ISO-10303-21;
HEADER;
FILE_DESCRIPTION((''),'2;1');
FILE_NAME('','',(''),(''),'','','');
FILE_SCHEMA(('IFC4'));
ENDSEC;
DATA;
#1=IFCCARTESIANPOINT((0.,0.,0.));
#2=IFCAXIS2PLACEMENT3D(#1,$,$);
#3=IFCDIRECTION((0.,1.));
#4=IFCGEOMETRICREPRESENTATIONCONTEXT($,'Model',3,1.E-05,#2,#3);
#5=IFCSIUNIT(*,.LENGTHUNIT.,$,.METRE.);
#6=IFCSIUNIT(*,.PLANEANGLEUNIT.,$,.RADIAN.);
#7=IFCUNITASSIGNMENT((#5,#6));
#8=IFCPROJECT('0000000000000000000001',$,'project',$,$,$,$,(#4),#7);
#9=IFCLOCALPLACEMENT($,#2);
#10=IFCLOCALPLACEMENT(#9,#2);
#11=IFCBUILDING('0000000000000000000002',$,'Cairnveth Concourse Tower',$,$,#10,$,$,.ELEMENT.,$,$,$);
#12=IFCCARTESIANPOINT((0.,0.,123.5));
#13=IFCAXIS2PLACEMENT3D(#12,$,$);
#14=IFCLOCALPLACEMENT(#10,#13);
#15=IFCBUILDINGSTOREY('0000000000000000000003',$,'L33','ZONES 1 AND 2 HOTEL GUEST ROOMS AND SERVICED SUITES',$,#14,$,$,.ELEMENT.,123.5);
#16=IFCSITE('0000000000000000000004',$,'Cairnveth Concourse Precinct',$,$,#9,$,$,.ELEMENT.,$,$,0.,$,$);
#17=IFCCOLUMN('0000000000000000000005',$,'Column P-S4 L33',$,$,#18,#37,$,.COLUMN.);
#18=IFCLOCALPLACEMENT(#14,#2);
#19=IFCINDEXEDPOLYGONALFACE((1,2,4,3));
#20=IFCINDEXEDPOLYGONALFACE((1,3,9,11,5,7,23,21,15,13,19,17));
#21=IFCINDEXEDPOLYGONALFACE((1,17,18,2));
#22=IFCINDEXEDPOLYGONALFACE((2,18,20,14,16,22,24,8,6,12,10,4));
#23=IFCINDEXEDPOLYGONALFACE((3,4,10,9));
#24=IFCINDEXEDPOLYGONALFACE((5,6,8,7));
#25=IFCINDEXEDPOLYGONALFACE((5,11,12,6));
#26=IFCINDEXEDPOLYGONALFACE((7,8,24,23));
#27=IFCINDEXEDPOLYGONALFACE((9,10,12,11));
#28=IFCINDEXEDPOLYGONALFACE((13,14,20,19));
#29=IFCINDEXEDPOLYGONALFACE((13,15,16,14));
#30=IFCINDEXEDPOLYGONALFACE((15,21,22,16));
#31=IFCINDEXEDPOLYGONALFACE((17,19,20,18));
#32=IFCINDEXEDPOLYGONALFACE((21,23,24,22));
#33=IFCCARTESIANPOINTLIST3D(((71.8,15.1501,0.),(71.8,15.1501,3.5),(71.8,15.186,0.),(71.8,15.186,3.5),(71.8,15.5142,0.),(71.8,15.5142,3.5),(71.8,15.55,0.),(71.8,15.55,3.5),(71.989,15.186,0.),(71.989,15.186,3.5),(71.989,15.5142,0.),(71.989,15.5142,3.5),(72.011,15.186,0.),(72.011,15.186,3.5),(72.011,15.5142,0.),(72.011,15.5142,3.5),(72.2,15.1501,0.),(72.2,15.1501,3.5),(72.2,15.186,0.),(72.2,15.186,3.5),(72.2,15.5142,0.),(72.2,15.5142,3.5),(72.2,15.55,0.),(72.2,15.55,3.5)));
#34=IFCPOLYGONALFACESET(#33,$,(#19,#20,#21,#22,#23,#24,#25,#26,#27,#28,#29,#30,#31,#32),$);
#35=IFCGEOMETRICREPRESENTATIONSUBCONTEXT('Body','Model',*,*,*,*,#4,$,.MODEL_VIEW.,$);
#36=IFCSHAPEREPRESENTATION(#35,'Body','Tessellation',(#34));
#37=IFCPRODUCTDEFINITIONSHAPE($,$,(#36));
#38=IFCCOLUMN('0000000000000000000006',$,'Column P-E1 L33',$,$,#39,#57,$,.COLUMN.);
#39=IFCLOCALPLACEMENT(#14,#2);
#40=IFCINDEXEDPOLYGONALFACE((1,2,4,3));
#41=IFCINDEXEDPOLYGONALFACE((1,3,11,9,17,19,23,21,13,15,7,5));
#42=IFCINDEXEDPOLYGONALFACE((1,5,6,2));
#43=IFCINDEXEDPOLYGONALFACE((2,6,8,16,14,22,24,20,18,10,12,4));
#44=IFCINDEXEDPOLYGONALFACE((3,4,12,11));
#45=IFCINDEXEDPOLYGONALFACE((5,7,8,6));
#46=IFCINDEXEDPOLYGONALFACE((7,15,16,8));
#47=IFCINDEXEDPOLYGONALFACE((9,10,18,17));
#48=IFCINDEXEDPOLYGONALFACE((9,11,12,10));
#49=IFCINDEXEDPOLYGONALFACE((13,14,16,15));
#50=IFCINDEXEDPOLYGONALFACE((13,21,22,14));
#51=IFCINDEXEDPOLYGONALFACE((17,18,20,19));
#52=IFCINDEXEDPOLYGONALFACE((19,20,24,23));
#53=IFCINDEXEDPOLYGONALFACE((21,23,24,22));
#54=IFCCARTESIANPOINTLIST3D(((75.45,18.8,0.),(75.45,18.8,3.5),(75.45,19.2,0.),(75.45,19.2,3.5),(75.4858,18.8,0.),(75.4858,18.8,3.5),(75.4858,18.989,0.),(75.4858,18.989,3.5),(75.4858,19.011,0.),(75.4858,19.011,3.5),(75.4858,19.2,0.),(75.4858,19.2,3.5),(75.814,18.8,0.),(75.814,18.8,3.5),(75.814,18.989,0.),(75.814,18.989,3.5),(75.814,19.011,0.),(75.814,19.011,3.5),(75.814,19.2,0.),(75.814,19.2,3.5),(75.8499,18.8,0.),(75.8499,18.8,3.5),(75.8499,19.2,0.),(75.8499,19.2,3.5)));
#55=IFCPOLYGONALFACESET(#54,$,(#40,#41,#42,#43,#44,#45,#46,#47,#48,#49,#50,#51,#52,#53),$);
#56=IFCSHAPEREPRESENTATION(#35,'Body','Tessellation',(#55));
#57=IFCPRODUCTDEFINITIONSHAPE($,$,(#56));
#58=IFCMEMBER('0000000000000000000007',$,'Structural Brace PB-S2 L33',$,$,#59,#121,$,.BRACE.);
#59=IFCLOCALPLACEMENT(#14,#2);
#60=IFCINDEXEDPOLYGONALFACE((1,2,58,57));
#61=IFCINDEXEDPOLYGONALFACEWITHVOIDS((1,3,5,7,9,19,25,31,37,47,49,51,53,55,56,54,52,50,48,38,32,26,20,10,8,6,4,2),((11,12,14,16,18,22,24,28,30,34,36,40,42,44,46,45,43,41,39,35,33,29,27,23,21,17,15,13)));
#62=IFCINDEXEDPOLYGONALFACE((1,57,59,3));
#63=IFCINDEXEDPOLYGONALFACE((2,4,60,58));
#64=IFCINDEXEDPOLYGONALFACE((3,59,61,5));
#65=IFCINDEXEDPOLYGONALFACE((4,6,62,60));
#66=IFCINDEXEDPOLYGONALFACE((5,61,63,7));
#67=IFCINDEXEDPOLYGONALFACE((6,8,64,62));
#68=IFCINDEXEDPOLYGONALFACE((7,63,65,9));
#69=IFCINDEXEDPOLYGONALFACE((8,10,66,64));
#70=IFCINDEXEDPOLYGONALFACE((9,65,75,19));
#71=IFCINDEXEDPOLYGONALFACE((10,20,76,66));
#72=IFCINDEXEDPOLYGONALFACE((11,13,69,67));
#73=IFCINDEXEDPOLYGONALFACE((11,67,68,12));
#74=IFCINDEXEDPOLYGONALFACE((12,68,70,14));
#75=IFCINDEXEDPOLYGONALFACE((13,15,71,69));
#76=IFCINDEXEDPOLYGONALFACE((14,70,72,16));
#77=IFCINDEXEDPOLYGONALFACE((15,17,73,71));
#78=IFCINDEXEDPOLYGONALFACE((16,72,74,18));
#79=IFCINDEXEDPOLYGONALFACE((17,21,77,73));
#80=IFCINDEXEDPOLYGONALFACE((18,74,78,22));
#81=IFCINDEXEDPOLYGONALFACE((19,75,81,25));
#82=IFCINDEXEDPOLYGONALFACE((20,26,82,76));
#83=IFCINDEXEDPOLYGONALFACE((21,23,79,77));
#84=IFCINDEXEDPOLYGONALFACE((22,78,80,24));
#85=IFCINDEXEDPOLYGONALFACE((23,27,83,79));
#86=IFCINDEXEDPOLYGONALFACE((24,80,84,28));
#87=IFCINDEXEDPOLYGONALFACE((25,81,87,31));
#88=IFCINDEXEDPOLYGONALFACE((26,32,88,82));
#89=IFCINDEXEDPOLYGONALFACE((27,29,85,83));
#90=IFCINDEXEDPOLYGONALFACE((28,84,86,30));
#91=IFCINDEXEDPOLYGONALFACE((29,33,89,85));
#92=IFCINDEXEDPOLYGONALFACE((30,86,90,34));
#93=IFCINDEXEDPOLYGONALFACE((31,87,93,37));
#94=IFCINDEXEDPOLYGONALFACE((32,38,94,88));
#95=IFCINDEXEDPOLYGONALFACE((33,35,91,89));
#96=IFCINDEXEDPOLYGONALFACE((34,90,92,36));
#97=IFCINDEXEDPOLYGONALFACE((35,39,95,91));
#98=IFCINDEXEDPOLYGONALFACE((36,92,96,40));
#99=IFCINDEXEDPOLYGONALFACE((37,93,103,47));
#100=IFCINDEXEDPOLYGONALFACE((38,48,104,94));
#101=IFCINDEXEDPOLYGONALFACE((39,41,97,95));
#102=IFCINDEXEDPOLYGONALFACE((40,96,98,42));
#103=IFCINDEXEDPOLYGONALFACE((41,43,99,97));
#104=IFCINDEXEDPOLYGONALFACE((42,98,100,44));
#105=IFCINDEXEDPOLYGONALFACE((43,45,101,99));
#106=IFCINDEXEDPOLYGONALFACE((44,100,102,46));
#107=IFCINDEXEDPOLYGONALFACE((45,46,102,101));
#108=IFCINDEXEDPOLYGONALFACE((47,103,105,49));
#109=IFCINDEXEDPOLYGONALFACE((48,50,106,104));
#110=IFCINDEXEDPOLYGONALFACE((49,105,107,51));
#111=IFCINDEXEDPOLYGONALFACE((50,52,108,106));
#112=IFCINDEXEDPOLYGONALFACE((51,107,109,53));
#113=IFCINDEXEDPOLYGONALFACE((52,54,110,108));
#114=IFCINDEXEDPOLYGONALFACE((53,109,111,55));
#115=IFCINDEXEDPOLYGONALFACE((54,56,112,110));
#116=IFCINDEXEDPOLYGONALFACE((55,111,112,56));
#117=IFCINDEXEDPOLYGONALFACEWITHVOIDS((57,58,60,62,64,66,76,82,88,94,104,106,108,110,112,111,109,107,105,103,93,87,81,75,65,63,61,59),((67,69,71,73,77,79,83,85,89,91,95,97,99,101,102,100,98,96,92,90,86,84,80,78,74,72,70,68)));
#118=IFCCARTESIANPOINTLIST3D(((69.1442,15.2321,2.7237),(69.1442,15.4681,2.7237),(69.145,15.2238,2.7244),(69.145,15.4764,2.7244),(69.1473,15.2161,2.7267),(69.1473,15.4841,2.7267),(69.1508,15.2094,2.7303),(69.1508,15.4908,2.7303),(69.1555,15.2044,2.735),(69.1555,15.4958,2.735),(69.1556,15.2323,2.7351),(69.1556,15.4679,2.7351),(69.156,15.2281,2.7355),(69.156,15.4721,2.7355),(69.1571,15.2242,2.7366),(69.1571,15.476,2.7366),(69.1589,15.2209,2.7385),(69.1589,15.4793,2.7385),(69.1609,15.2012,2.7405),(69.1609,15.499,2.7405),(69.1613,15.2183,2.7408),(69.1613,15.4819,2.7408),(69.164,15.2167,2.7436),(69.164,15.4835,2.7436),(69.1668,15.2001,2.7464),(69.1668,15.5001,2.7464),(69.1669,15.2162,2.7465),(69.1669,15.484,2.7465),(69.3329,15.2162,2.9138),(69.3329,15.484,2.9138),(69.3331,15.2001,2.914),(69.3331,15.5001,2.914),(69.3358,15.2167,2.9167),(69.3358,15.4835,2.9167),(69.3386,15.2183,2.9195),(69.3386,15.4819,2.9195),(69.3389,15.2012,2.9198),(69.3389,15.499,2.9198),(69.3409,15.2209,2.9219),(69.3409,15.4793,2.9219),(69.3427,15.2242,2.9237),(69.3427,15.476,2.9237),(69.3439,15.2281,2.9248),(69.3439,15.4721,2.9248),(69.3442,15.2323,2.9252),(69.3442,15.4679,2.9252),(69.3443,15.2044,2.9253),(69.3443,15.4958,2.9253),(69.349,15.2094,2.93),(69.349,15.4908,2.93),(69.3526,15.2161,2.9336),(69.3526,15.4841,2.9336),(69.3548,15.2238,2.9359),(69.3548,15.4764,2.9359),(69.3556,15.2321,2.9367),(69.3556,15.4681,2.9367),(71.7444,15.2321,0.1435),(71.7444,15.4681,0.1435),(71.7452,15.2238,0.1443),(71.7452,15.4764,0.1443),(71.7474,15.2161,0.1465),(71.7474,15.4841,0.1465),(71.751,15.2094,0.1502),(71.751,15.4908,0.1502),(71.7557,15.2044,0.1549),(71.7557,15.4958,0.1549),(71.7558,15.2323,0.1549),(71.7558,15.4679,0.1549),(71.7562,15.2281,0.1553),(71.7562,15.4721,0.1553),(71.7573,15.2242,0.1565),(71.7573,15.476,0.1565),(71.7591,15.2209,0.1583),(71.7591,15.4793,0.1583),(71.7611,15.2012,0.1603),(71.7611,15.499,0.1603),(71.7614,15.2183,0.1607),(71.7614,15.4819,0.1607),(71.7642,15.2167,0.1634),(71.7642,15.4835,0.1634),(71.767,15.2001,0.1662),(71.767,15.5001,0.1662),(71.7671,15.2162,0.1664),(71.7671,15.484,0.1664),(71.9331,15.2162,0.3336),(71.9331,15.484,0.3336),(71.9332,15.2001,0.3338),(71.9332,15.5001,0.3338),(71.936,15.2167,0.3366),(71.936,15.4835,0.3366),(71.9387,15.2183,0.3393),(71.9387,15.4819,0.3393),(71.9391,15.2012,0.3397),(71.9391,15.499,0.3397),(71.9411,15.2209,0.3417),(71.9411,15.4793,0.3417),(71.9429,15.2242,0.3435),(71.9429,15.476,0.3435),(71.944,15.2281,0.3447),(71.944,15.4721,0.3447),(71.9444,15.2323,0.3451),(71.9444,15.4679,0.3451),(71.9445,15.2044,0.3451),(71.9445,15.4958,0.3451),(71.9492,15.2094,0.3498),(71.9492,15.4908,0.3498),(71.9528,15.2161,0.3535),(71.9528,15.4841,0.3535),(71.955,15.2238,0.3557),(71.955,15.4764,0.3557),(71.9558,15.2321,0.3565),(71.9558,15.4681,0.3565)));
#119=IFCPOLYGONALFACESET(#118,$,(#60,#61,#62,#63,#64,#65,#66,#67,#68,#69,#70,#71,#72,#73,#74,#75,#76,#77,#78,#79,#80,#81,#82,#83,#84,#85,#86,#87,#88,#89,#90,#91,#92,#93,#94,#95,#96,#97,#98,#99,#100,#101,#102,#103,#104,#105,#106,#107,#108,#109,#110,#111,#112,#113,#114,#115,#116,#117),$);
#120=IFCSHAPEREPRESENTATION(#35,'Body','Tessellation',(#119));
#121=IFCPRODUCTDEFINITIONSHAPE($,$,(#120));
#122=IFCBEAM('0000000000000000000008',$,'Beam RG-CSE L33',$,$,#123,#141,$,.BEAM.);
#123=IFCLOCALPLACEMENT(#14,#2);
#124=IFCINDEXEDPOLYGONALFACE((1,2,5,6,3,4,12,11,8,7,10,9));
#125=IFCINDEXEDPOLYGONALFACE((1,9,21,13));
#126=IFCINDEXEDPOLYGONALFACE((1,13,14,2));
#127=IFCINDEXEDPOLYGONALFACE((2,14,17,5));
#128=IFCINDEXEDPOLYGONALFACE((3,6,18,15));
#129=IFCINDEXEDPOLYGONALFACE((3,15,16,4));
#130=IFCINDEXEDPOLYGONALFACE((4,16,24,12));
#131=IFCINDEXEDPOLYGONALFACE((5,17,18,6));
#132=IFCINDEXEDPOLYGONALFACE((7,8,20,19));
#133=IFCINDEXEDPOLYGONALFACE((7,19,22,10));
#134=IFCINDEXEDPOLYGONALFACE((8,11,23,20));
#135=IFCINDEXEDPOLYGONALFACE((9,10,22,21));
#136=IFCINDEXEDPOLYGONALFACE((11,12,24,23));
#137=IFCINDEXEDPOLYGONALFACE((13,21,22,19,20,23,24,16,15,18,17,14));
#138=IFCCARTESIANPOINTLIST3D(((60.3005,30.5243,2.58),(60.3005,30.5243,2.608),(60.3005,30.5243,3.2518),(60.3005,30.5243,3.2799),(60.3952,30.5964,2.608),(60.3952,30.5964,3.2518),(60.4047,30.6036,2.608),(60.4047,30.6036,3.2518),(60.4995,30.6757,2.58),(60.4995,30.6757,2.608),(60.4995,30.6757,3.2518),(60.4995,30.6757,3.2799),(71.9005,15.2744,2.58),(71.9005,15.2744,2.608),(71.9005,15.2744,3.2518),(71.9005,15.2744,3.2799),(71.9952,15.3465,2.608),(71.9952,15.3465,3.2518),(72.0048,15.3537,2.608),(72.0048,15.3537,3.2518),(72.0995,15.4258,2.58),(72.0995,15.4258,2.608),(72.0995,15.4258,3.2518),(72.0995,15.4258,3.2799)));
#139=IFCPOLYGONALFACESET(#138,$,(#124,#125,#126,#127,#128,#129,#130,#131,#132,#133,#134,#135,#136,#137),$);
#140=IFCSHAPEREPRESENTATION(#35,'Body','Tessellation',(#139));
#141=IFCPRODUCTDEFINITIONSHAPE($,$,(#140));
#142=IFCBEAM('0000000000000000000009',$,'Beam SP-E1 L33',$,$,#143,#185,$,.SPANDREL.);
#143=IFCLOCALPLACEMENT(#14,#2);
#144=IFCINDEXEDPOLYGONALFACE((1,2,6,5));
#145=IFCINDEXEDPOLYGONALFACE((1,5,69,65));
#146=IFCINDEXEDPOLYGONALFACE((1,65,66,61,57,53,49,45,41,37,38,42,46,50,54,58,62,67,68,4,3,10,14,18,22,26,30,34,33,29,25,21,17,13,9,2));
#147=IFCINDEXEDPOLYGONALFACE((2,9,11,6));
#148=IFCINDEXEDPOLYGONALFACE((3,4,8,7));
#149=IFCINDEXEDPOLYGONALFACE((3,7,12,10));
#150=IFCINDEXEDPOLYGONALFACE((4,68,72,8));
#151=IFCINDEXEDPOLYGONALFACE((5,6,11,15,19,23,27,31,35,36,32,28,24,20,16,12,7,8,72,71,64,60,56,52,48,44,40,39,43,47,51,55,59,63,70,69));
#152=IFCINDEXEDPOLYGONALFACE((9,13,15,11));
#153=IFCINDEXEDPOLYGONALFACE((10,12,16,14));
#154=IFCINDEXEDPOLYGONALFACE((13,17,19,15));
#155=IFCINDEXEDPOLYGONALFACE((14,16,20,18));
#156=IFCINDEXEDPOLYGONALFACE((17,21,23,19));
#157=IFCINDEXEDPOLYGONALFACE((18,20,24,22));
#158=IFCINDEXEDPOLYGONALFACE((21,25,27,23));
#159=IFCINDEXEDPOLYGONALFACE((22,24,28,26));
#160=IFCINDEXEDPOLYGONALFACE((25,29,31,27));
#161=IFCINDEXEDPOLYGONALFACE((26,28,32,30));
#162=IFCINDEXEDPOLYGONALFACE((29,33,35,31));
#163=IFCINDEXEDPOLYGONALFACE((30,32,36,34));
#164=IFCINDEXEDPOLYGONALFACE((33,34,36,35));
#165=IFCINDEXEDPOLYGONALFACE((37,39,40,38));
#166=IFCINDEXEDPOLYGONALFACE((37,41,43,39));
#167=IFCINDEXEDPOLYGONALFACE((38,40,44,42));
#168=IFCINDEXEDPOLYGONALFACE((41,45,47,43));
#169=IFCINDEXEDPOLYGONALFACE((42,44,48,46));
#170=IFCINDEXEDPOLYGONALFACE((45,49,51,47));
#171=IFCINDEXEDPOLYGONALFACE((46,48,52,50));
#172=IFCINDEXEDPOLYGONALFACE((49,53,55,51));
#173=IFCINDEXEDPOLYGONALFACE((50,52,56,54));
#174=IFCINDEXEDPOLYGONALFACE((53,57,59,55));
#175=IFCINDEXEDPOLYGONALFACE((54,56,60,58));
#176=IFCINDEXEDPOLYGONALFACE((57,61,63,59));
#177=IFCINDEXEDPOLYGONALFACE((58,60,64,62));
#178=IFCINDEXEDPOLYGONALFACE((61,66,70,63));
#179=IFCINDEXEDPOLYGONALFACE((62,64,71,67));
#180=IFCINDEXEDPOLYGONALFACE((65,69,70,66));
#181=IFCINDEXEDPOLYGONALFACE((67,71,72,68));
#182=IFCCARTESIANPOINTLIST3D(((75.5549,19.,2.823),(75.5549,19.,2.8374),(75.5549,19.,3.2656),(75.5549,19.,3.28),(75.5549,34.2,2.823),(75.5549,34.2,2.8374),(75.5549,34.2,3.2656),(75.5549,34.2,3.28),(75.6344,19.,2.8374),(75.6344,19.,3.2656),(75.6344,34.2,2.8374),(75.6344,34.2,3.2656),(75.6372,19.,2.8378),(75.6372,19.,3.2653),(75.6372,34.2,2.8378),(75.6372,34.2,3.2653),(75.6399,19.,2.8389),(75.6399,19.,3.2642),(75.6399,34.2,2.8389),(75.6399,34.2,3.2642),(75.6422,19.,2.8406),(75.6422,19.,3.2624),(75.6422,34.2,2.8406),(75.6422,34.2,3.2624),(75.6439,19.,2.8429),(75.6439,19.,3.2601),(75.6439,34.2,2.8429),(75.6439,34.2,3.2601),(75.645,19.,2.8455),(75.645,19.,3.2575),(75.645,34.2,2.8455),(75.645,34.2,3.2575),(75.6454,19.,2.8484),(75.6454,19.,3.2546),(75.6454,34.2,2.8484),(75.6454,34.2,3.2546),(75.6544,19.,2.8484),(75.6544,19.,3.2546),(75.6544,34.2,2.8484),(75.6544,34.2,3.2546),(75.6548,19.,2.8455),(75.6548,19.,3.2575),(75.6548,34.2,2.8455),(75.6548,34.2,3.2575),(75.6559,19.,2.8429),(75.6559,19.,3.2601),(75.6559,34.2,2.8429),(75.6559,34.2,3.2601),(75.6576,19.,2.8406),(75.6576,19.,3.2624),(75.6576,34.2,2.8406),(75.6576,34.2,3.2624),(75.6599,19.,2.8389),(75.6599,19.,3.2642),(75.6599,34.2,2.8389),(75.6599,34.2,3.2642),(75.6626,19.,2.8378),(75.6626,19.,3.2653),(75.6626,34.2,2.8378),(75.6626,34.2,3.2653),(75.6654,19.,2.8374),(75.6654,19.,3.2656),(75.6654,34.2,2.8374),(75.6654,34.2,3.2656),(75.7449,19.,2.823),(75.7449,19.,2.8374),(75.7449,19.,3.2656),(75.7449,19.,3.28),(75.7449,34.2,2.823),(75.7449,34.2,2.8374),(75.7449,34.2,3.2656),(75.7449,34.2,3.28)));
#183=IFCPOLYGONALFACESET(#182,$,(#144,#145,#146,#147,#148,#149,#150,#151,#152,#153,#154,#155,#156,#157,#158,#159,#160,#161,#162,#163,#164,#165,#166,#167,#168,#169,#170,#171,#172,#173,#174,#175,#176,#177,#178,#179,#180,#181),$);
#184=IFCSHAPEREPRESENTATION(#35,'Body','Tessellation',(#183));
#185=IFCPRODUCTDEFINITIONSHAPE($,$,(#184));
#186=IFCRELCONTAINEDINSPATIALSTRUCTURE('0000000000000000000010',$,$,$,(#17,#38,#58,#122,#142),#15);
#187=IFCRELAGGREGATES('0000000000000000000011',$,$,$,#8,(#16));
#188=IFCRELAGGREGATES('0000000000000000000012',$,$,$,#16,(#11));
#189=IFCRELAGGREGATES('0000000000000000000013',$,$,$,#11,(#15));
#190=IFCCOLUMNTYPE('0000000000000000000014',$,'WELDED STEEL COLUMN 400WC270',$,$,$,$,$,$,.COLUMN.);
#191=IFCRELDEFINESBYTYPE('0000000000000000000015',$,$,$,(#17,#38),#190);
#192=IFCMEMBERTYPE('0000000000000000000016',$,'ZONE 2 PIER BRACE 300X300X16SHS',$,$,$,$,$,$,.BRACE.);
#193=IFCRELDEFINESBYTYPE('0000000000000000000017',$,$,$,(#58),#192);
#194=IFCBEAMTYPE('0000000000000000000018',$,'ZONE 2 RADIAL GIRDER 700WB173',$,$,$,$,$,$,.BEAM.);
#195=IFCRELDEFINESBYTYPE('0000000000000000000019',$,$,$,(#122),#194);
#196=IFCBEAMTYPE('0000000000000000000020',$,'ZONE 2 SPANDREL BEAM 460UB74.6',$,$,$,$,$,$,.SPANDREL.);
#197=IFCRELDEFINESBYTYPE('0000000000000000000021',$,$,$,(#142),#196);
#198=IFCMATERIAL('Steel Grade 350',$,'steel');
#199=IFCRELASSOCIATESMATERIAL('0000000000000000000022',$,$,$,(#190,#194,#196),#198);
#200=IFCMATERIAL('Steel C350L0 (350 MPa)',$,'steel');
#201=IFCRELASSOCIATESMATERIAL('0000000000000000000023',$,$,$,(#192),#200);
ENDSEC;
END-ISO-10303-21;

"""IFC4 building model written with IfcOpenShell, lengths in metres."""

from ifc_helpers import new_model, si_unit, direction, frame, origin, origin_2d, place, context, subcontext, project, spatial, hollow_rectangle, i_section, extrude, material, material_profile, profile_set, type_object, element, save


model = new_model("IFC4")

# Units and contexts
model_context = context("Model", 3, precision=1e-05, world=origin(), true_north=direction((0.0, 1.0)))
body_context = subcontext(model_context, "Body", "Model", "MODEL_VIEW")
ifc_project = project(units=[si_unit("LENGTHUNIT", "METRE"), si_unit("PLANEANGLEUNIT", "RADIAN")], contexts=[model_context])

# Site, building, storey
site_placement = place(None, origin())
site = spatial("IfcSite", under=ifc_project, at=site_placement, Name="Cairnveth Concourse Precinct", CompositionType="ELEMENT", RefElevation=0.0)
building_placement = place(site_placement, origin())
building = spatial("IfcBuilding", under=site, at=building_placement, Name="Cairnveth Concourse Tower", CompositionType="ELEMENT")
storey_placement = place(building_placement, frame((0.0, 0.0, 123.5)))
storey = spatial("IfcBuildingStorey", under=building, at=storey_placement, Name="L33", Description="ZONES 1 AND 2 HOTEL GUEST ROOMS AND SERVICED SUITES", CompositionType="ELEMENT", Elevation=123.5)

# Columns
ifc_material_1 = material(Name="Steel Grade 350", Category="steel")
ifc_material_profile_1 = material_profile(ifc_material_1, i_section(OverallWidth=0.3999, OverallDepth=0.3999, WebThickness=0.022, FlangeThickness=0.0359, at=origin_2d()), Name="400WC270")
ifc_profile_set_1 = profile_set([ifc_material_profile_1], Name="Steel Grade 350")
column_type = type_object("IfcColumnType", Name="WELDED STEEL COLUMN 400WC270", PredefinedType="COLUMN", material=ifc_profile_set_1)
for number, where, z_axis, x_axis, name in (
    (1, (72.0, 15.3501, 0.0), (0.0, 0.0, 1.0), (1.0, 0.0, 0.0), "Column P-S4 L33"),
    (2, (75.6499, 19.0, 0.0), (0.0, 0.0, 1.0), (0.0, 1.0, 0.0), "Column P-E1 L33"),
):
    element("IfcColumn", number, at=place(storey_placement, frame(where, z_axis=z_axis, x_axis=x_axis)), inside=storey, type_object=column_type, Name=name, PredefinedType="COLUMN", context=body_context, shape_type="SweptSolid", body=[
        extrude(i_section(OverallWidth=0.3999, OverallDepth=0.3999, WebThickness=0.022, FlangeThickness=0.0359, at=origin_2d()), origin(), (0.0, 0.0, 1.0), 3.5),
    ])

# Member
ifc_material_2 = material(Name="Steel C350L0 (350 MPa)", Category="steel")
ifc_material_profile_2 = material_profile(ifc_material_2, hollow_rectangle(XDim=0.3, YDim=0.3, WallThickness=0.0161, InnerFilletRadius=0.0161, OuterFilletRadius=0.032, at=origin_2d()), Name="300x300x16.0SHS")
ifc_profile_set_2 = profile_set([ifc_material_profile_2], Name="Steel C350L0 (350 MPa)")
member_type = type_object("IfcMemberType", Name="ZONE 2 PIER BRACE 300X300X16SHS", PredefinedType="BRACE", material=ifc_profile_set_2)
member_placement = place(storey_placement, frame((71.8501, 15.3501, 0.25), z_axis=(-0.709834, 0.0, 0.704369), x_axis=(0.0, -1.0, 0.0)))
element("IfcMember", 3, at=member_placement, inside=storey, type_object=member_type, Name="Structural Brace PB-S2 L33", PredefinedType="BRACE", context=body_context, shape_type="SweptSolid", body=[
    extrude(hollow_rectangle(XDim=0.3, YDim=0.3, WallThickness=0.0161, InnerFilletRadius=0.0161, OuterFilletRadius=0.032, at=origin_2d()), origin(), (0.0, 0.0, 1.0), 3.6631),
])

# Beams
ifc_material_profile_3 = material_profile(ifc_material_1, i_section(OverallWidth=0.25, OverallDepth=0.7, WebThickness=0.012, FlangeThickness=0.0281, at=origin_2d()), Name="700WB173")
ifc_profile_set_3 = profile_set([ifc_material_profile_3], Name="Steel Grade 350")
beam_type_1 = type_object("IfcBeamType", Name="ZONE 2 RADIAL GIRDER 700WB173", PredefinedType="BEAM", material=ifc_profile_set_3)
beam_1_placement = place(storey_placement, frame((72.0, 15.3501, 2.9299), z_axis=(-0.605417, 0.795908, 0.0), x_axis=(-0.795908, -0.605417, 0.0)))
element("IfcBeam", 4, at=beam_1_placement, inside=storey, type_object=beam_type_1, Name="Beam RG-CSE L33", PredefinedType="BEAM", context=body_context, shape_type="SweptSolid", body=[
    extrude(i_section(OverallWidth=0.25, OverallDepth=0.7, WebThickness=0.012, FlangeThickness=0.0281, at=origin_2d()), origin(), (0.0, 0.0, 1.0), 19.1604),
])
ifc_material_profile_4 = material_profile(ifc_material_1, i_section(OverallWidth=0.1899, OverallDepth=0.457, WebThickness=0.009, FlangeThickness=0.0144, FilletRadius=0.011, at=origin_2d()), Name="460UB74.6")
ifc_profile_set_4 = profile_set([ifc_material_profile_4], Name="Steel Grade 350")
beam_type_2 = type_object("IfcBeamType", Name="ZONE 2 SPANDREL BEAM 460UB74.6", PredefinedType="SPANDREL", material=ifc_profile_set_4)
beam_2_placement = place(storey_placement, frame((75.6499, 19.0, 3.0515), z_axis=(0.0, 1.0, 0.0), x_axis=(-1.0, 0.0, 0.0)))
element("IfcBeam", 5, at=beam_2_placement, inside=storey, type_object=beam_type_2, Name="Beam SP-E1 L33", PredefinedType="SPANDREL", context=body_context, shape_type="SweptSolid", body=[
    extrude(i_section(OverallWidth=0.1899, OverallDepth=0.457, WebThickness=0.009, FlangeThickness=0.0144, FilletRadius=0.011, at=origin_2d()), origin(), (0.0, 0.0, 1.0), 15.2),
])

save(model, "model.ifc")
